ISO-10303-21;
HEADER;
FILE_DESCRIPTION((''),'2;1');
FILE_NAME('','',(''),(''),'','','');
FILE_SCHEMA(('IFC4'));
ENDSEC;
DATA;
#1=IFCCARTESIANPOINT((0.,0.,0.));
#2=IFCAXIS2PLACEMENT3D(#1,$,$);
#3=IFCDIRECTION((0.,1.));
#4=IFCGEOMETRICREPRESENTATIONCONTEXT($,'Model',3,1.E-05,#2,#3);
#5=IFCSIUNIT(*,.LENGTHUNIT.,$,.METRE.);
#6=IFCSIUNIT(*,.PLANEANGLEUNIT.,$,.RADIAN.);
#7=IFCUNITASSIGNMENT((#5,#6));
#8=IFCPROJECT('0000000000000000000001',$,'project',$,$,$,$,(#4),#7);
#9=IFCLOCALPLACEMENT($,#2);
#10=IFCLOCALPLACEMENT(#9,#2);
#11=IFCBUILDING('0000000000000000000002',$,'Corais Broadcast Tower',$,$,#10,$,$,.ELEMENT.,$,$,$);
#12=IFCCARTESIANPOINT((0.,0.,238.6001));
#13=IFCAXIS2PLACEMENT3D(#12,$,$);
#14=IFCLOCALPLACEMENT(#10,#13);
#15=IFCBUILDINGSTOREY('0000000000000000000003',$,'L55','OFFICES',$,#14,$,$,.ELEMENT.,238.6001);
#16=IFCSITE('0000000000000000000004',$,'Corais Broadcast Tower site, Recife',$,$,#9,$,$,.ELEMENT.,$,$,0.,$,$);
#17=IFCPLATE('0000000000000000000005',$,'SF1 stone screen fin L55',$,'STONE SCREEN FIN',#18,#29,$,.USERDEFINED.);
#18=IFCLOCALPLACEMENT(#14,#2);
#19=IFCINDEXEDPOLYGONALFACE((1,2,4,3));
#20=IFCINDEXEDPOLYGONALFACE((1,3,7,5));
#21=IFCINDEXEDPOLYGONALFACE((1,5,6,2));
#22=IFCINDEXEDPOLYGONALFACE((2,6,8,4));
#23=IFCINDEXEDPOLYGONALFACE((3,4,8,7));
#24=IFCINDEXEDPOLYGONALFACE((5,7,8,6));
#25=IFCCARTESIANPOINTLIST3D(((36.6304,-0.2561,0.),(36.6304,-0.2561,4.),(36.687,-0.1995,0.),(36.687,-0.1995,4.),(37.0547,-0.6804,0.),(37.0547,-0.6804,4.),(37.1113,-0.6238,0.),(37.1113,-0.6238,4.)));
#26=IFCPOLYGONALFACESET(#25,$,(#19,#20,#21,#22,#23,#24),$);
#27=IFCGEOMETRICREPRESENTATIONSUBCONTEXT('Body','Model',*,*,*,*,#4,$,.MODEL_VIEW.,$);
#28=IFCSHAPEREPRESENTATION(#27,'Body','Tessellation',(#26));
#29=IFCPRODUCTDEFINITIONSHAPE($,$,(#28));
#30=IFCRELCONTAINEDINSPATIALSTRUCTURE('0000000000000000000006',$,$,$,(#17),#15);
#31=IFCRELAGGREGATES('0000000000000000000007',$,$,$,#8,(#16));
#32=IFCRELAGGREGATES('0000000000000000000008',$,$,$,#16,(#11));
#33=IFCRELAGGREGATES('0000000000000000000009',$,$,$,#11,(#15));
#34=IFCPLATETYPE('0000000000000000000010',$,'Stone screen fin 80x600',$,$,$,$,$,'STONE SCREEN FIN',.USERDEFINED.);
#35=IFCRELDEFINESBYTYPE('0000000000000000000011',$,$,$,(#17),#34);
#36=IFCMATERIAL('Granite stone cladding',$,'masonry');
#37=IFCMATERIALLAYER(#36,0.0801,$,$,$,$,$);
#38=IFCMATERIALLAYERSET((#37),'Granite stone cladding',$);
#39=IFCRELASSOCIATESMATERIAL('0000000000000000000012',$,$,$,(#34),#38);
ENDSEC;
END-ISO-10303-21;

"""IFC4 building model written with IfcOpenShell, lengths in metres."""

from ifc_helpers import new_model, si_unit, direction, frame, origin, origin_2d, place, context, subcontext, project, spatial, rectangle, extrude, material, layer, layer_set, type_object, element, save


model = new_model("IFC4")

# Units and contexts
model_context = context("Model", 3, precision=1e-05, world=origin(), true_north=direction((0.0, 1.0)))
body_context = subcontext(model_context, "Body", "Model", "MODEL_VIEW")
ifc_project = project(units=[si_unit("LENGTHUNIT", "METRE"), si_unit("PLANEANGLEUNIT", "RADIAN")], contexts=[model_context])

# Site, building, storey
site_placement = place(None, origin())
site = spatial("IfcSite", under=ifc_project, at=site_placement, Name="Corais Broadcast Tower site, Recife", CompositionType="ELEMENT", RefElevation=0.0)
building_placement = place(site_placement, origin())
building = spatial("IfcBuilding", under=site, at=building_placement, Name="Corais Broadcast Tower", CompositionType="ELEMENT")
storey_placement = place(building_placement, frame((0.0, 0.0, 238.6001)))
storey = spatial("IfcBuildingStorey", under=building, at=storey_placement, Name="L55", Description="OFFICES", CompositionType="ELEMENT", Elevation=238.6001)

# Plate
ifc_material_1 = material(Name="Granite stone cladding", Category="masonry")
ifc_layer_1 = layer(ifc_material_1, 0.0801)
ifc_layer_set_1 = layer_set([ifc_layer_1], Name="Granite stone cladding")
plate_type_1 = type_object("IfcPlateType", Name="Stone screen fin 80x600", ElementType="STONE SCREEN FIN", PredefinedType="USERDEFINED", material=ifc_layer_set_1)
plate_1_placement = place(storey_placement, frame((36.8708, -0.4399, 0.0), z_axis=(0.0, 0.0, 1.0), x_axis=(-0.707107, -0.707107, 0.0)))
element("IfcPlate", 1, at=plate_1_placement, inside=storey, type_object=plate_type_1, Name="SF1 stone screen fin L55", ObjectType="STONE SCREEN FIN", PredefinedType="USERDEFINED", context=body_context, shape_type="SweptSolid", body=[
    extrude(rectangle(XDim=0.0801, YDim=0.6001, at=origin_2d()), origin(), (0.0, 0.0, 1.0), 4.0),
])

save(model, "model.ifc")
